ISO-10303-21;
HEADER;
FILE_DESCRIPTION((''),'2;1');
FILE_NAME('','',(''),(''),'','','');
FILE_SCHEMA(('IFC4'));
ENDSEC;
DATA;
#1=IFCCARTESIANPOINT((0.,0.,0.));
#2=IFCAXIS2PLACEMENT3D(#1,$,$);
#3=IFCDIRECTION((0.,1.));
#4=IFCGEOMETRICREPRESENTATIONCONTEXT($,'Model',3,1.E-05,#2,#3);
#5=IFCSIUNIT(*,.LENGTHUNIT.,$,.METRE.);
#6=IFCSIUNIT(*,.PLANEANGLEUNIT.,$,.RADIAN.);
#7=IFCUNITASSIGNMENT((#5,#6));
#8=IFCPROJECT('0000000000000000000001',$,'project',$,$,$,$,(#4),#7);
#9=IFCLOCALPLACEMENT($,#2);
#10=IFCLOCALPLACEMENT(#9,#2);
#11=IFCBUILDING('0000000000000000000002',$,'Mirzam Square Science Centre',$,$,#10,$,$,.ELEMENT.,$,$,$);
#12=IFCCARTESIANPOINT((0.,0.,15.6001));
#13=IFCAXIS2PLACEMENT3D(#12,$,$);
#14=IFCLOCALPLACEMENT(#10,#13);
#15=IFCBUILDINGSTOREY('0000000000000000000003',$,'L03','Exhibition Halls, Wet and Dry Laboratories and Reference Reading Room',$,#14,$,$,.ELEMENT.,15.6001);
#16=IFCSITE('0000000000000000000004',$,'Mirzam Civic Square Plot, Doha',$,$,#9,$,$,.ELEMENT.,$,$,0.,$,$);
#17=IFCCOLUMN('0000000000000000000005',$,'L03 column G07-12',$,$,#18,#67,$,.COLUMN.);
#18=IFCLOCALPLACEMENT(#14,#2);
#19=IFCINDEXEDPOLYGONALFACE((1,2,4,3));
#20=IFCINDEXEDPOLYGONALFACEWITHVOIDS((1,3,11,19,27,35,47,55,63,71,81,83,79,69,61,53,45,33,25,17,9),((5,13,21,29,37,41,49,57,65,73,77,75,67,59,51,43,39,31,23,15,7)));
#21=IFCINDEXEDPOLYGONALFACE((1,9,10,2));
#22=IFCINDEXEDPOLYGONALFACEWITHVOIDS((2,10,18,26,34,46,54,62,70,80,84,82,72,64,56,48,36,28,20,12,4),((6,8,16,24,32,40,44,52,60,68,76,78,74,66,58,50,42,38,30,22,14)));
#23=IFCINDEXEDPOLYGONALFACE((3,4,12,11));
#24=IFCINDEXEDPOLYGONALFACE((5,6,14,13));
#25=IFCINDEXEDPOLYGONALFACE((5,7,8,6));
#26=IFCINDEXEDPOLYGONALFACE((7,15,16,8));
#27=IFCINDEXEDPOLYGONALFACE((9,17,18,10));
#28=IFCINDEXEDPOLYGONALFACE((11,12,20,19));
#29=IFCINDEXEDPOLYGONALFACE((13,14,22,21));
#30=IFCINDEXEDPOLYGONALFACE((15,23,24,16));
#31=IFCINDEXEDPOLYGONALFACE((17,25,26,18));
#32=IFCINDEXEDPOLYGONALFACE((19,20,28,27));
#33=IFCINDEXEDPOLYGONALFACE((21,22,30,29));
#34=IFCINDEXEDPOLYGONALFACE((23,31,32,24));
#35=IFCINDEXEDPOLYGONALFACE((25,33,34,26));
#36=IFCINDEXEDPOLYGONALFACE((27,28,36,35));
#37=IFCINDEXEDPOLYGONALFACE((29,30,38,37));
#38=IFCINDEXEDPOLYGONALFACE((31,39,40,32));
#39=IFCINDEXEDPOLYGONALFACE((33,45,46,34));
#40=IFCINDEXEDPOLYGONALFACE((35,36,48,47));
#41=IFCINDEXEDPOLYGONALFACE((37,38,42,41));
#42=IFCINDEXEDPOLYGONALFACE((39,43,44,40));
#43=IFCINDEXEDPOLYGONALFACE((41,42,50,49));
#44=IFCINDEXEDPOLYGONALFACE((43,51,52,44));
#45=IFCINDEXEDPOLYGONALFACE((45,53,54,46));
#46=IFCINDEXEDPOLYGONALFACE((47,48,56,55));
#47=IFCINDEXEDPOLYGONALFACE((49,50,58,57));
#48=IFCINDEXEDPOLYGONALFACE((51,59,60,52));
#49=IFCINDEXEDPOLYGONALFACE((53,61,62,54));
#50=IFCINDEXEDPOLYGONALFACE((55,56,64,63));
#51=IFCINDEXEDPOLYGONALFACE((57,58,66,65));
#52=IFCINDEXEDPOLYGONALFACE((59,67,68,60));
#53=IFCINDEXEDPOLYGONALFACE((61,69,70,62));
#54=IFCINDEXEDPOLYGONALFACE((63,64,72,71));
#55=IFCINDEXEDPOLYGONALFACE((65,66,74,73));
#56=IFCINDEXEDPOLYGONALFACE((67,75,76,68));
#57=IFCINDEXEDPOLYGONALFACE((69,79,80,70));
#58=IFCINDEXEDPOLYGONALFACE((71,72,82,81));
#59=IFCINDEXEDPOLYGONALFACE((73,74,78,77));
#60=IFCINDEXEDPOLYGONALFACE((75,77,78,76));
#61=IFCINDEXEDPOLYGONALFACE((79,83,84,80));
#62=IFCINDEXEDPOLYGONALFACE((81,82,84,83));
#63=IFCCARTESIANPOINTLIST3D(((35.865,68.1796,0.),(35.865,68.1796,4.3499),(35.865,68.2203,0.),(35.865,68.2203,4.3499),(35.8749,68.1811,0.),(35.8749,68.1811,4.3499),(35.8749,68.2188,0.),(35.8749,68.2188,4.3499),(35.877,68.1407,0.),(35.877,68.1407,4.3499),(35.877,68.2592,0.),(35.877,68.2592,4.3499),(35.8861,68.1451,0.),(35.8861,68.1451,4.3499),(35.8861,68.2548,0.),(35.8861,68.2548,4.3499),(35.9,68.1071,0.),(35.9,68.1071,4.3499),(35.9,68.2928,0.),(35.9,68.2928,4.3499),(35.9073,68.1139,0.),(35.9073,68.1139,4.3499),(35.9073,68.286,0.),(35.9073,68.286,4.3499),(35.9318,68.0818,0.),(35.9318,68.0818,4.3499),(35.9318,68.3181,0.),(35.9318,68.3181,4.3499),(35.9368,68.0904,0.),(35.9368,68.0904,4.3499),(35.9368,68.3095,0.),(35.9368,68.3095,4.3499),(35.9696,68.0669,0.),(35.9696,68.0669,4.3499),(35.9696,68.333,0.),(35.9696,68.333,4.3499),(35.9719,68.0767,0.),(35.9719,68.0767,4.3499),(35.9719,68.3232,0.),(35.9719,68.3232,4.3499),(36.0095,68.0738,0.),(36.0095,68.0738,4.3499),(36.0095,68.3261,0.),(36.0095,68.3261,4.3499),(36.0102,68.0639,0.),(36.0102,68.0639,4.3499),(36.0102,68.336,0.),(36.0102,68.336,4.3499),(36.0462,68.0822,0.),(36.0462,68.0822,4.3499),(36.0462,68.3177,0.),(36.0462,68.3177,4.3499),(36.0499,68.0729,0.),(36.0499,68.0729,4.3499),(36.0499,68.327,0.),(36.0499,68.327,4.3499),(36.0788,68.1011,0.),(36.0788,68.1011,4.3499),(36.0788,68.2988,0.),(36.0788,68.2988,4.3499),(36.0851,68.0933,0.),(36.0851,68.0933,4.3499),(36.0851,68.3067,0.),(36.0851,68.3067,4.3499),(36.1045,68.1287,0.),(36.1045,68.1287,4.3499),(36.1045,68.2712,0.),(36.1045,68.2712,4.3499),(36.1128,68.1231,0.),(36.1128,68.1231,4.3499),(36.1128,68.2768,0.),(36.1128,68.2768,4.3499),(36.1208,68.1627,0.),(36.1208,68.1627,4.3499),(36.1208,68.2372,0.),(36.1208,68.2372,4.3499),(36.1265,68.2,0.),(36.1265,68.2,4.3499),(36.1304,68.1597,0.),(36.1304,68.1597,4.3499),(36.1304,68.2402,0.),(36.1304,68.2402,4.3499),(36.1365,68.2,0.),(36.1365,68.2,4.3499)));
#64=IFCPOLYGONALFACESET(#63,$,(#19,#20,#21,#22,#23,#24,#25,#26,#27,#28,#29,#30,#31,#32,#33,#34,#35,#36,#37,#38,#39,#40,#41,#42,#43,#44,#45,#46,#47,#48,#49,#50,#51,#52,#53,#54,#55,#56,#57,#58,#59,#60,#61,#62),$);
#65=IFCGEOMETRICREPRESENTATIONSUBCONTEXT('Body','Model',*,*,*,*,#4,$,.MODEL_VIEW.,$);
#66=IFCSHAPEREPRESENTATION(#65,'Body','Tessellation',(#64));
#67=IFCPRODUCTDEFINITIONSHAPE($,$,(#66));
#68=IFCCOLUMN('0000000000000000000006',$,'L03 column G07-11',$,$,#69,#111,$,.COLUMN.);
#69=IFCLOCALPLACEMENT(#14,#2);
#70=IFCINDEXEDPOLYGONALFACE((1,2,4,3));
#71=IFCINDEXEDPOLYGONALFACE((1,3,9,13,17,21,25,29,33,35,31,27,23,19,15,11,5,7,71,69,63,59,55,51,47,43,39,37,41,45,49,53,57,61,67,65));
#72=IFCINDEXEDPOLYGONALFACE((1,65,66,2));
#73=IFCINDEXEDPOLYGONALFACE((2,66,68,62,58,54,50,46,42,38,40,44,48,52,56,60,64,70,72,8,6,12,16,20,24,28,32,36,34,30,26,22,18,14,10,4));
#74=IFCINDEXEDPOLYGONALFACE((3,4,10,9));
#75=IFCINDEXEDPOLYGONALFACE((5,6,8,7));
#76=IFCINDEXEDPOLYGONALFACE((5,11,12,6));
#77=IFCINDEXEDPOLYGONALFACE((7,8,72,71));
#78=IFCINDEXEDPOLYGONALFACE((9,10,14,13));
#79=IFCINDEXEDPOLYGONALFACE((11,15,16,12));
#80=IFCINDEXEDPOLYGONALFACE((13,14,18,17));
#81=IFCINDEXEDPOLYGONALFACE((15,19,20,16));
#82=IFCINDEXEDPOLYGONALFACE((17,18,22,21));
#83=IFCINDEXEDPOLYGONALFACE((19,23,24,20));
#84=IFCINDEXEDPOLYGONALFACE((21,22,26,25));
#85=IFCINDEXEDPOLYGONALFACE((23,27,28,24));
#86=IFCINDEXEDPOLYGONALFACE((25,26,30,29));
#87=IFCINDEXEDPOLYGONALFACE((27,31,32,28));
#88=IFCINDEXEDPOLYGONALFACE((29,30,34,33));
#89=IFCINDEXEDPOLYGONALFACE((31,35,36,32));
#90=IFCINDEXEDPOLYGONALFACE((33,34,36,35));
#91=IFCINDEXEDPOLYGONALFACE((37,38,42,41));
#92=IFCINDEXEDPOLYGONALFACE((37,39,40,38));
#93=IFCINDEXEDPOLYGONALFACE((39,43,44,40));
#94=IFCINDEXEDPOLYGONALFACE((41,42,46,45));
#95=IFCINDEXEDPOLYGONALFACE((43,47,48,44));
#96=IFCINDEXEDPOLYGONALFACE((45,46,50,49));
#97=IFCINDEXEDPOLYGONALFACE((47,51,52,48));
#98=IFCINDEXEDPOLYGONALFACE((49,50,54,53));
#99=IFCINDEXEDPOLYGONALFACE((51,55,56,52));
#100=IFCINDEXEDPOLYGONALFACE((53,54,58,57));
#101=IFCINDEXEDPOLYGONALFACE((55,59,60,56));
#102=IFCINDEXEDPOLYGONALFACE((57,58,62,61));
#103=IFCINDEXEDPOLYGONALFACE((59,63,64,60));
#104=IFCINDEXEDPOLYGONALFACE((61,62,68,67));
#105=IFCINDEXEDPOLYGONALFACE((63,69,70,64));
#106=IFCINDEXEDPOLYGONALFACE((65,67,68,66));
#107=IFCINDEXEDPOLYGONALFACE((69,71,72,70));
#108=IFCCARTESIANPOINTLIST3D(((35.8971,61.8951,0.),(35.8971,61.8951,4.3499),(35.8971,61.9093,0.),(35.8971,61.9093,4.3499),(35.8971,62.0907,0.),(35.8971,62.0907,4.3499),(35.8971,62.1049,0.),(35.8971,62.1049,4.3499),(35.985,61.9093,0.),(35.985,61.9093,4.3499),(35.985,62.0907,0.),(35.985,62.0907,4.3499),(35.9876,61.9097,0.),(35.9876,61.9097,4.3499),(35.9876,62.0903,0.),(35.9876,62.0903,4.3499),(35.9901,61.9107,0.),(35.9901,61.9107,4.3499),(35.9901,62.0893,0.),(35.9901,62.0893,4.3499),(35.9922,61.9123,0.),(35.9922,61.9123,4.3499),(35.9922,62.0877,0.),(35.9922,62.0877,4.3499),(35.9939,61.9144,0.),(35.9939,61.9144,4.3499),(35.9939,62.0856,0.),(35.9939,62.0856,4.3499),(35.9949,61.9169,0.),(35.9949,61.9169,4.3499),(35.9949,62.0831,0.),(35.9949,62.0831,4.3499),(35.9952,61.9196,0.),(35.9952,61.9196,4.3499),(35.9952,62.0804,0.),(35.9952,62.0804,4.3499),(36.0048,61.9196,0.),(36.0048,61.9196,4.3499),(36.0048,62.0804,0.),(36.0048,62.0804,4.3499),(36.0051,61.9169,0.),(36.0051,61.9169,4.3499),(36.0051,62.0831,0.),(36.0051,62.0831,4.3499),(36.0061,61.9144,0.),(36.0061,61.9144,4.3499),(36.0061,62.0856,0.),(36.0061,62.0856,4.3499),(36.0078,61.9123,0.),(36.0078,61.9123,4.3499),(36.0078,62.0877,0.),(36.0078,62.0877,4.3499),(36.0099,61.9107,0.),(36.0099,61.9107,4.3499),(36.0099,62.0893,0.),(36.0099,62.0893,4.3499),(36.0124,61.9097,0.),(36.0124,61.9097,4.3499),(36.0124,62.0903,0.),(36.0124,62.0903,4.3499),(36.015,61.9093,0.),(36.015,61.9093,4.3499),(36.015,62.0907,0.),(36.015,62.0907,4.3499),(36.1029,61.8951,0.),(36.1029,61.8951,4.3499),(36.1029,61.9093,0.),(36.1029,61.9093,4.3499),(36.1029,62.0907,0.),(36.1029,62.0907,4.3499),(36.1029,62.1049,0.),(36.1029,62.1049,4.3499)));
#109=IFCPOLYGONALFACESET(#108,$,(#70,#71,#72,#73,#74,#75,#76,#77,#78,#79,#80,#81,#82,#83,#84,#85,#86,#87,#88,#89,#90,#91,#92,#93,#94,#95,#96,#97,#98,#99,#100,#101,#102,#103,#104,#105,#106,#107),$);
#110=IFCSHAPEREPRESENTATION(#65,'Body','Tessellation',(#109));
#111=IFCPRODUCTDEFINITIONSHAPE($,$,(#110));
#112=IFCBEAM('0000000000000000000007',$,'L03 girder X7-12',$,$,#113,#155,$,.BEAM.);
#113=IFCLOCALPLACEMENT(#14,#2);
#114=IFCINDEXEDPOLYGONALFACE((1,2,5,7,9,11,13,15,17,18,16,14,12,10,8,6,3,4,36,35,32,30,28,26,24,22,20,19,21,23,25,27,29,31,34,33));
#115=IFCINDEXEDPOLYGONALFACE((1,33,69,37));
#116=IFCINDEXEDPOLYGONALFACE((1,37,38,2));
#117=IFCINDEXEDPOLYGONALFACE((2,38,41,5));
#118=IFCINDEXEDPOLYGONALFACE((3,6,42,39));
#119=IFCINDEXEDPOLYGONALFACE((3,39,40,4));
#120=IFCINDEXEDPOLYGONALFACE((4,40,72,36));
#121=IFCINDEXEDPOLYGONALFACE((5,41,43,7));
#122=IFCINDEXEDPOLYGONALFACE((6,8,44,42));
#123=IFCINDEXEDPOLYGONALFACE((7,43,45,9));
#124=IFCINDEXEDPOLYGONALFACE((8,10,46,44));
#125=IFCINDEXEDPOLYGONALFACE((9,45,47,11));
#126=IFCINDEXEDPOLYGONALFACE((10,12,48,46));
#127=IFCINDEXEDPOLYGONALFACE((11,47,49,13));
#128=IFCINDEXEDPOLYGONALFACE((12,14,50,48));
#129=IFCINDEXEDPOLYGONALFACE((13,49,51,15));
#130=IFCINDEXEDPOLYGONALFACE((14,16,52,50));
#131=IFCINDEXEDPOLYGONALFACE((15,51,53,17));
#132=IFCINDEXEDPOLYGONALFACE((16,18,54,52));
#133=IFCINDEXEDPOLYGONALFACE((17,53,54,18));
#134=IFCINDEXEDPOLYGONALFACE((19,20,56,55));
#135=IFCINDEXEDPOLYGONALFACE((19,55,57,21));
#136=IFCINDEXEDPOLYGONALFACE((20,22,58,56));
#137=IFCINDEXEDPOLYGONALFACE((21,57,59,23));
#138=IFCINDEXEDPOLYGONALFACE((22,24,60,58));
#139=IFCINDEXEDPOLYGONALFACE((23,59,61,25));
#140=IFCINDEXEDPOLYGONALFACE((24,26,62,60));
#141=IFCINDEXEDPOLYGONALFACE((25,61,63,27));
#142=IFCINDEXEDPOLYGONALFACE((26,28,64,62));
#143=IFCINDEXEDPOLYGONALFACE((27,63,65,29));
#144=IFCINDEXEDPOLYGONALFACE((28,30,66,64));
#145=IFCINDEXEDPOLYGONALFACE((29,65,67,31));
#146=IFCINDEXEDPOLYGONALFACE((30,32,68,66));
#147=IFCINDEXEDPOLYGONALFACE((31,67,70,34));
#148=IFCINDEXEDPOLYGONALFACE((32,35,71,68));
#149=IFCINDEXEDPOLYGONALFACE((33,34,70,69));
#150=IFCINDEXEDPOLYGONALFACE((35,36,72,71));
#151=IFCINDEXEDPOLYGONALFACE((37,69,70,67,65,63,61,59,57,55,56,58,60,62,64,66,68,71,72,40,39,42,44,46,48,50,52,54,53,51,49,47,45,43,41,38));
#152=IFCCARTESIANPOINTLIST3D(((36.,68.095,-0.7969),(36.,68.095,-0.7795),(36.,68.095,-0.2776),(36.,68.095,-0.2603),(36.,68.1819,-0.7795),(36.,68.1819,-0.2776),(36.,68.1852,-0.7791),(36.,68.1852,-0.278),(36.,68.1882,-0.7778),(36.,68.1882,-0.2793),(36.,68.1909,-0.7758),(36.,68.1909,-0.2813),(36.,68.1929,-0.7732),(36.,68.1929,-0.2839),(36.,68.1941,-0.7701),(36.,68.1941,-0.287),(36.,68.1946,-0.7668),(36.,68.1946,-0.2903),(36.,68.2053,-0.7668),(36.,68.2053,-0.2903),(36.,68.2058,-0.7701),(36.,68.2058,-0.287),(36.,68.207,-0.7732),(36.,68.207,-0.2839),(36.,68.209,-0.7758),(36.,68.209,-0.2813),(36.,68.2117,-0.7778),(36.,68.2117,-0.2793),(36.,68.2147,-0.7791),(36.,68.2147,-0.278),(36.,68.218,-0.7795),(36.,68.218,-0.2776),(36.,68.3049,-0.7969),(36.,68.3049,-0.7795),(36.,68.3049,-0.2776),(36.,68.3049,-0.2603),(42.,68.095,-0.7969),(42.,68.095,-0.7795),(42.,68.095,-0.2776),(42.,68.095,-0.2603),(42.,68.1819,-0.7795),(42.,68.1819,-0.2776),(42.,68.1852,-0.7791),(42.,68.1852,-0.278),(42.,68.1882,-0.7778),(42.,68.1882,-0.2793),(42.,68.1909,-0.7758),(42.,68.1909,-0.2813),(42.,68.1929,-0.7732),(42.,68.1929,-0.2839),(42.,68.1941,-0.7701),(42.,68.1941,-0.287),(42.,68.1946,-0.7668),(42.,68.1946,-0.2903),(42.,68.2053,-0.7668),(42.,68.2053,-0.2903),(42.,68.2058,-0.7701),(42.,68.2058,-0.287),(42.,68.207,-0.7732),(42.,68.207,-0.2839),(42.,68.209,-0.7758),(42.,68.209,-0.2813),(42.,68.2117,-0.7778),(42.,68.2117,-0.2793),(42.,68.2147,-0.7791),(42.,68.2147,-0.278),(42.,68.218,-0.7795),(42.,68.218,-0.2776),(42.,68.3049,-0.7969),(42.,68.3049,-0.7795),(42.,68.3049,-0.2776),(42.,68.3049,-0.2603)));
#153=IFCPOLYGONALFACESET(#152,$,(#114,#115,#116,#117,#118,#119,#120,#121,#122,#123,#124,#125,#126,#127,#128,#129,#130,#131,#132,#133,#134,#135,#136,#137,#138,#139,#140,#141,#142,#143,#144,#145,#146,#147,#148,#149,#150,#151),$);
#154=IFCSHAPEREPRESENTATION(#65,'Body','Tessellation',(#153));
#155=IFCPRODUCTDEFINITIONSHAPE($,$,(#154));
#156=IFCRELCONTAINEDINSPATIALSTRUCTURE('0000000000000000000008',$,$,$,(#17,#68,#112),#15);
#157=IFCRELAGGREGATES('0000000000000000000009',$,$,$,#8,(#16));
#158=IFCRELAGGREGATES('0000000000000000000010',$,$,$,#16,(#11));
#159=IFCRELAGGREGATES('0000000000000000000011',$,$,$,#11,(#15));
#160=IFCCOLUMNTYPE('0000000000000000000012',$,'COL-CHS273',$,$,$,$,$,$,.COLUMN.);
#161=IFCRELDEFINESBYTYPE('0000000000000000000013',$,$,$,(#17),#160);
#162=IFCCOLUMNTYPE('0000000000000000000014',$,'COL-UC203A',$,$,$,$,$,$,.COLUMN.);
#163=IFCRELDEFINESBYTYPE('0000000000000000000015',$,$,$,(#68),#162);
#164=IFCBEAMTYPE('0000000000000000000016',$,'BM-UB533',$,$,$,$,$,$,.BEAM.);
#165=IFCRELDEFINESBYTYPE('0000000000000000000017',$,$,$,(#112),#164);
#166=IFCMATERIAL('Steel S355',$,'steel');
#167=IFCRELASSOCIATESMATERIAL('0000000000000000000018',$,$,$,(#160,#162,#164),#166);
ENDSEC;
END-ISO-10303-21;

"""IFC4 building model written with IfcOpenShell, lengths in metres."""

from ifc_helpers import new_model, si_unit, direction, frame, origin, origin_2d, place, context, subcontext, project, spatial, hollow_circle, i_section, extrude, material, material_profile, profile_set, type_object, element, save


model = new_model("IFC4")

# Units and contexts
model_context = context("Model", 3, precision=1e-05, world=origin(), true_north=direction((0.0, 1.0)))
body_context = subcontext(model_context, "Body", "Model", "MODEL_VIEW")
ifc_project = project(units=[si_unit("LENGTHUNIT", "METRE"), si_unit("PLANEANGLEUNIT", "RADIAN")], contexts=[model_context])

# Site, building, storey
site_placement = place(None, origin())
site = spatial("IfcSite", under=ifc_project, at=site_placement, Name="Mirzam Civic Square Plot, Doha", CompositionType="ELEMENT", RefElevation=0.0)
building_placement = place(site_placement, origin())
building = spatial("IfcBuilding", under=site, at=building_placement, Name="Mirzam Square Science Centre", CompositionType="ELEMENT")
storey_placement = place(building_placement, frame((0.0, 0.0, 15.6001)))
storey = spatial("IfcBuildingStorey", under=building, at=storey_placement, Name="L03", Description="Exhibition Halls, Wet and Dry Laboratories and Reference Reading Room", CompositionType="ELEMENT", Elevation=15.6001)

# Columns
ifc_material_1 = material(Name="Steel S355", Category="steel")
ifc_material_profile_1 = material_profile(ifc_material_1, hollow_circle(Radius=0.1365, WallThickness=0.01, at=origin_2d()), Name="273.0x10.0CHS")
ifc_profile_set_1 = profile_set([ifc_material_profile_1], Name="Steel S355")
column_type_1 = type_object("IfcColumnType", Name="COL-CHS273", PredefinedType="COLUMN", material=ifc_profile_set_1)
column_1_placement = place(storey_placement, frame((36.0, 68.2, 0.0), z_axis=(0.0, 0.0, 1.0), x_axis=(1.0, 0.0, 0.0)))
element("IfcColumn", 1, at=column_1_placement, inside=storey, type_object=column_type_1, Name="L03 column G07-12", PredefinedType="COLUMN", context=body_context, shape_type="SweptSolid", body=[
    extrude(hollow_circle(Radius=0.1365, WallThickness=0.01, at=origin_2d()), origin(), (0.0, 0.0, 1.0), 4.3499),
])
ifc_material_profile_2 = material_profile(ifc_material_1, i_section(OverallWidth=0.2058, OverallDepth=0.2097, WebThickness=0.0095, FlangeThickness=0.0142, FilletRadius=0.0103, at=origin_2d()), Name="203x203x60UC")
ifc_profile_set_2 = profile_set([ifc_material_profile_2], Name="Steel S355")
column_type_2 = type_object("IfcColumnType", Name="COL-UC203A", PredefinedType="COLUMN", material=ifc_profile_set_2)
column_2_placement = place(storey_placement, frame((36.0, 62.0, 0.0), z_axis=(0.0, 0.0, 1.0), x_axis=(1.0, 0.0, 0.0)))
element("IfcColumn", 2, at=column_2_placement, inside=storey, type_object=column_type_2, Name="L03 column G07-11", PredefinedType="COLUMN", context=body_context, shape_type="SweptSolid", body=[
    extrude(i_section(OverallWidth=0.2058, OverallDepth=0.2097, WebThickness=0.0095, FlangeThickness=0.0142, FilletRadius=0.0103, at=origin_2d()), origin(), (0.0, 0.0, 1.0), 4.3499),
])

# Beam
ifc_material_profile_3 = material_profile(ifc_material_1, i_section(OverallWidth=0.21, OverallDepth=0.5366, WebThickness=0.0107, FlangeThickness=0.0173, FilletRadius=0.0127, at=origin_2d()), Name="533x210x101UB")
ifc_profile_set_3 = profile_set([ifc_material_profile_3], Name="Steel S355")
beam_type_1 = type_object("IfcBeamType", Name="BM-UB533", PredefinedType="BEAM", material=ifc_profile_set_3)
beam_1_placement = place(storey_placement, frame((36.0, 68.2, -0.5286), z_axis=(1.0, 0.0, 0.0), x_axis=(0.0, 1.0, 0.0)))
element("IfcBeam", 3, at=beam_1_placement, inside=storey, type_object=beam_type_1, Name="L03 girder X7-12", PredefinedType="BEAM", context=body_context, shape_type="SweptSolid", body=[
    extrude(i_section(OverallWidth=0.21, OverallDepth=0.5366, WebThickness=0.0107, FlangeThickness=0.0173, FilletRadius=0.0127, at=origin_2d()), origin(), (0.0, 0.0, 1.0), 6.0),
])

save(model, "model.ifc")
